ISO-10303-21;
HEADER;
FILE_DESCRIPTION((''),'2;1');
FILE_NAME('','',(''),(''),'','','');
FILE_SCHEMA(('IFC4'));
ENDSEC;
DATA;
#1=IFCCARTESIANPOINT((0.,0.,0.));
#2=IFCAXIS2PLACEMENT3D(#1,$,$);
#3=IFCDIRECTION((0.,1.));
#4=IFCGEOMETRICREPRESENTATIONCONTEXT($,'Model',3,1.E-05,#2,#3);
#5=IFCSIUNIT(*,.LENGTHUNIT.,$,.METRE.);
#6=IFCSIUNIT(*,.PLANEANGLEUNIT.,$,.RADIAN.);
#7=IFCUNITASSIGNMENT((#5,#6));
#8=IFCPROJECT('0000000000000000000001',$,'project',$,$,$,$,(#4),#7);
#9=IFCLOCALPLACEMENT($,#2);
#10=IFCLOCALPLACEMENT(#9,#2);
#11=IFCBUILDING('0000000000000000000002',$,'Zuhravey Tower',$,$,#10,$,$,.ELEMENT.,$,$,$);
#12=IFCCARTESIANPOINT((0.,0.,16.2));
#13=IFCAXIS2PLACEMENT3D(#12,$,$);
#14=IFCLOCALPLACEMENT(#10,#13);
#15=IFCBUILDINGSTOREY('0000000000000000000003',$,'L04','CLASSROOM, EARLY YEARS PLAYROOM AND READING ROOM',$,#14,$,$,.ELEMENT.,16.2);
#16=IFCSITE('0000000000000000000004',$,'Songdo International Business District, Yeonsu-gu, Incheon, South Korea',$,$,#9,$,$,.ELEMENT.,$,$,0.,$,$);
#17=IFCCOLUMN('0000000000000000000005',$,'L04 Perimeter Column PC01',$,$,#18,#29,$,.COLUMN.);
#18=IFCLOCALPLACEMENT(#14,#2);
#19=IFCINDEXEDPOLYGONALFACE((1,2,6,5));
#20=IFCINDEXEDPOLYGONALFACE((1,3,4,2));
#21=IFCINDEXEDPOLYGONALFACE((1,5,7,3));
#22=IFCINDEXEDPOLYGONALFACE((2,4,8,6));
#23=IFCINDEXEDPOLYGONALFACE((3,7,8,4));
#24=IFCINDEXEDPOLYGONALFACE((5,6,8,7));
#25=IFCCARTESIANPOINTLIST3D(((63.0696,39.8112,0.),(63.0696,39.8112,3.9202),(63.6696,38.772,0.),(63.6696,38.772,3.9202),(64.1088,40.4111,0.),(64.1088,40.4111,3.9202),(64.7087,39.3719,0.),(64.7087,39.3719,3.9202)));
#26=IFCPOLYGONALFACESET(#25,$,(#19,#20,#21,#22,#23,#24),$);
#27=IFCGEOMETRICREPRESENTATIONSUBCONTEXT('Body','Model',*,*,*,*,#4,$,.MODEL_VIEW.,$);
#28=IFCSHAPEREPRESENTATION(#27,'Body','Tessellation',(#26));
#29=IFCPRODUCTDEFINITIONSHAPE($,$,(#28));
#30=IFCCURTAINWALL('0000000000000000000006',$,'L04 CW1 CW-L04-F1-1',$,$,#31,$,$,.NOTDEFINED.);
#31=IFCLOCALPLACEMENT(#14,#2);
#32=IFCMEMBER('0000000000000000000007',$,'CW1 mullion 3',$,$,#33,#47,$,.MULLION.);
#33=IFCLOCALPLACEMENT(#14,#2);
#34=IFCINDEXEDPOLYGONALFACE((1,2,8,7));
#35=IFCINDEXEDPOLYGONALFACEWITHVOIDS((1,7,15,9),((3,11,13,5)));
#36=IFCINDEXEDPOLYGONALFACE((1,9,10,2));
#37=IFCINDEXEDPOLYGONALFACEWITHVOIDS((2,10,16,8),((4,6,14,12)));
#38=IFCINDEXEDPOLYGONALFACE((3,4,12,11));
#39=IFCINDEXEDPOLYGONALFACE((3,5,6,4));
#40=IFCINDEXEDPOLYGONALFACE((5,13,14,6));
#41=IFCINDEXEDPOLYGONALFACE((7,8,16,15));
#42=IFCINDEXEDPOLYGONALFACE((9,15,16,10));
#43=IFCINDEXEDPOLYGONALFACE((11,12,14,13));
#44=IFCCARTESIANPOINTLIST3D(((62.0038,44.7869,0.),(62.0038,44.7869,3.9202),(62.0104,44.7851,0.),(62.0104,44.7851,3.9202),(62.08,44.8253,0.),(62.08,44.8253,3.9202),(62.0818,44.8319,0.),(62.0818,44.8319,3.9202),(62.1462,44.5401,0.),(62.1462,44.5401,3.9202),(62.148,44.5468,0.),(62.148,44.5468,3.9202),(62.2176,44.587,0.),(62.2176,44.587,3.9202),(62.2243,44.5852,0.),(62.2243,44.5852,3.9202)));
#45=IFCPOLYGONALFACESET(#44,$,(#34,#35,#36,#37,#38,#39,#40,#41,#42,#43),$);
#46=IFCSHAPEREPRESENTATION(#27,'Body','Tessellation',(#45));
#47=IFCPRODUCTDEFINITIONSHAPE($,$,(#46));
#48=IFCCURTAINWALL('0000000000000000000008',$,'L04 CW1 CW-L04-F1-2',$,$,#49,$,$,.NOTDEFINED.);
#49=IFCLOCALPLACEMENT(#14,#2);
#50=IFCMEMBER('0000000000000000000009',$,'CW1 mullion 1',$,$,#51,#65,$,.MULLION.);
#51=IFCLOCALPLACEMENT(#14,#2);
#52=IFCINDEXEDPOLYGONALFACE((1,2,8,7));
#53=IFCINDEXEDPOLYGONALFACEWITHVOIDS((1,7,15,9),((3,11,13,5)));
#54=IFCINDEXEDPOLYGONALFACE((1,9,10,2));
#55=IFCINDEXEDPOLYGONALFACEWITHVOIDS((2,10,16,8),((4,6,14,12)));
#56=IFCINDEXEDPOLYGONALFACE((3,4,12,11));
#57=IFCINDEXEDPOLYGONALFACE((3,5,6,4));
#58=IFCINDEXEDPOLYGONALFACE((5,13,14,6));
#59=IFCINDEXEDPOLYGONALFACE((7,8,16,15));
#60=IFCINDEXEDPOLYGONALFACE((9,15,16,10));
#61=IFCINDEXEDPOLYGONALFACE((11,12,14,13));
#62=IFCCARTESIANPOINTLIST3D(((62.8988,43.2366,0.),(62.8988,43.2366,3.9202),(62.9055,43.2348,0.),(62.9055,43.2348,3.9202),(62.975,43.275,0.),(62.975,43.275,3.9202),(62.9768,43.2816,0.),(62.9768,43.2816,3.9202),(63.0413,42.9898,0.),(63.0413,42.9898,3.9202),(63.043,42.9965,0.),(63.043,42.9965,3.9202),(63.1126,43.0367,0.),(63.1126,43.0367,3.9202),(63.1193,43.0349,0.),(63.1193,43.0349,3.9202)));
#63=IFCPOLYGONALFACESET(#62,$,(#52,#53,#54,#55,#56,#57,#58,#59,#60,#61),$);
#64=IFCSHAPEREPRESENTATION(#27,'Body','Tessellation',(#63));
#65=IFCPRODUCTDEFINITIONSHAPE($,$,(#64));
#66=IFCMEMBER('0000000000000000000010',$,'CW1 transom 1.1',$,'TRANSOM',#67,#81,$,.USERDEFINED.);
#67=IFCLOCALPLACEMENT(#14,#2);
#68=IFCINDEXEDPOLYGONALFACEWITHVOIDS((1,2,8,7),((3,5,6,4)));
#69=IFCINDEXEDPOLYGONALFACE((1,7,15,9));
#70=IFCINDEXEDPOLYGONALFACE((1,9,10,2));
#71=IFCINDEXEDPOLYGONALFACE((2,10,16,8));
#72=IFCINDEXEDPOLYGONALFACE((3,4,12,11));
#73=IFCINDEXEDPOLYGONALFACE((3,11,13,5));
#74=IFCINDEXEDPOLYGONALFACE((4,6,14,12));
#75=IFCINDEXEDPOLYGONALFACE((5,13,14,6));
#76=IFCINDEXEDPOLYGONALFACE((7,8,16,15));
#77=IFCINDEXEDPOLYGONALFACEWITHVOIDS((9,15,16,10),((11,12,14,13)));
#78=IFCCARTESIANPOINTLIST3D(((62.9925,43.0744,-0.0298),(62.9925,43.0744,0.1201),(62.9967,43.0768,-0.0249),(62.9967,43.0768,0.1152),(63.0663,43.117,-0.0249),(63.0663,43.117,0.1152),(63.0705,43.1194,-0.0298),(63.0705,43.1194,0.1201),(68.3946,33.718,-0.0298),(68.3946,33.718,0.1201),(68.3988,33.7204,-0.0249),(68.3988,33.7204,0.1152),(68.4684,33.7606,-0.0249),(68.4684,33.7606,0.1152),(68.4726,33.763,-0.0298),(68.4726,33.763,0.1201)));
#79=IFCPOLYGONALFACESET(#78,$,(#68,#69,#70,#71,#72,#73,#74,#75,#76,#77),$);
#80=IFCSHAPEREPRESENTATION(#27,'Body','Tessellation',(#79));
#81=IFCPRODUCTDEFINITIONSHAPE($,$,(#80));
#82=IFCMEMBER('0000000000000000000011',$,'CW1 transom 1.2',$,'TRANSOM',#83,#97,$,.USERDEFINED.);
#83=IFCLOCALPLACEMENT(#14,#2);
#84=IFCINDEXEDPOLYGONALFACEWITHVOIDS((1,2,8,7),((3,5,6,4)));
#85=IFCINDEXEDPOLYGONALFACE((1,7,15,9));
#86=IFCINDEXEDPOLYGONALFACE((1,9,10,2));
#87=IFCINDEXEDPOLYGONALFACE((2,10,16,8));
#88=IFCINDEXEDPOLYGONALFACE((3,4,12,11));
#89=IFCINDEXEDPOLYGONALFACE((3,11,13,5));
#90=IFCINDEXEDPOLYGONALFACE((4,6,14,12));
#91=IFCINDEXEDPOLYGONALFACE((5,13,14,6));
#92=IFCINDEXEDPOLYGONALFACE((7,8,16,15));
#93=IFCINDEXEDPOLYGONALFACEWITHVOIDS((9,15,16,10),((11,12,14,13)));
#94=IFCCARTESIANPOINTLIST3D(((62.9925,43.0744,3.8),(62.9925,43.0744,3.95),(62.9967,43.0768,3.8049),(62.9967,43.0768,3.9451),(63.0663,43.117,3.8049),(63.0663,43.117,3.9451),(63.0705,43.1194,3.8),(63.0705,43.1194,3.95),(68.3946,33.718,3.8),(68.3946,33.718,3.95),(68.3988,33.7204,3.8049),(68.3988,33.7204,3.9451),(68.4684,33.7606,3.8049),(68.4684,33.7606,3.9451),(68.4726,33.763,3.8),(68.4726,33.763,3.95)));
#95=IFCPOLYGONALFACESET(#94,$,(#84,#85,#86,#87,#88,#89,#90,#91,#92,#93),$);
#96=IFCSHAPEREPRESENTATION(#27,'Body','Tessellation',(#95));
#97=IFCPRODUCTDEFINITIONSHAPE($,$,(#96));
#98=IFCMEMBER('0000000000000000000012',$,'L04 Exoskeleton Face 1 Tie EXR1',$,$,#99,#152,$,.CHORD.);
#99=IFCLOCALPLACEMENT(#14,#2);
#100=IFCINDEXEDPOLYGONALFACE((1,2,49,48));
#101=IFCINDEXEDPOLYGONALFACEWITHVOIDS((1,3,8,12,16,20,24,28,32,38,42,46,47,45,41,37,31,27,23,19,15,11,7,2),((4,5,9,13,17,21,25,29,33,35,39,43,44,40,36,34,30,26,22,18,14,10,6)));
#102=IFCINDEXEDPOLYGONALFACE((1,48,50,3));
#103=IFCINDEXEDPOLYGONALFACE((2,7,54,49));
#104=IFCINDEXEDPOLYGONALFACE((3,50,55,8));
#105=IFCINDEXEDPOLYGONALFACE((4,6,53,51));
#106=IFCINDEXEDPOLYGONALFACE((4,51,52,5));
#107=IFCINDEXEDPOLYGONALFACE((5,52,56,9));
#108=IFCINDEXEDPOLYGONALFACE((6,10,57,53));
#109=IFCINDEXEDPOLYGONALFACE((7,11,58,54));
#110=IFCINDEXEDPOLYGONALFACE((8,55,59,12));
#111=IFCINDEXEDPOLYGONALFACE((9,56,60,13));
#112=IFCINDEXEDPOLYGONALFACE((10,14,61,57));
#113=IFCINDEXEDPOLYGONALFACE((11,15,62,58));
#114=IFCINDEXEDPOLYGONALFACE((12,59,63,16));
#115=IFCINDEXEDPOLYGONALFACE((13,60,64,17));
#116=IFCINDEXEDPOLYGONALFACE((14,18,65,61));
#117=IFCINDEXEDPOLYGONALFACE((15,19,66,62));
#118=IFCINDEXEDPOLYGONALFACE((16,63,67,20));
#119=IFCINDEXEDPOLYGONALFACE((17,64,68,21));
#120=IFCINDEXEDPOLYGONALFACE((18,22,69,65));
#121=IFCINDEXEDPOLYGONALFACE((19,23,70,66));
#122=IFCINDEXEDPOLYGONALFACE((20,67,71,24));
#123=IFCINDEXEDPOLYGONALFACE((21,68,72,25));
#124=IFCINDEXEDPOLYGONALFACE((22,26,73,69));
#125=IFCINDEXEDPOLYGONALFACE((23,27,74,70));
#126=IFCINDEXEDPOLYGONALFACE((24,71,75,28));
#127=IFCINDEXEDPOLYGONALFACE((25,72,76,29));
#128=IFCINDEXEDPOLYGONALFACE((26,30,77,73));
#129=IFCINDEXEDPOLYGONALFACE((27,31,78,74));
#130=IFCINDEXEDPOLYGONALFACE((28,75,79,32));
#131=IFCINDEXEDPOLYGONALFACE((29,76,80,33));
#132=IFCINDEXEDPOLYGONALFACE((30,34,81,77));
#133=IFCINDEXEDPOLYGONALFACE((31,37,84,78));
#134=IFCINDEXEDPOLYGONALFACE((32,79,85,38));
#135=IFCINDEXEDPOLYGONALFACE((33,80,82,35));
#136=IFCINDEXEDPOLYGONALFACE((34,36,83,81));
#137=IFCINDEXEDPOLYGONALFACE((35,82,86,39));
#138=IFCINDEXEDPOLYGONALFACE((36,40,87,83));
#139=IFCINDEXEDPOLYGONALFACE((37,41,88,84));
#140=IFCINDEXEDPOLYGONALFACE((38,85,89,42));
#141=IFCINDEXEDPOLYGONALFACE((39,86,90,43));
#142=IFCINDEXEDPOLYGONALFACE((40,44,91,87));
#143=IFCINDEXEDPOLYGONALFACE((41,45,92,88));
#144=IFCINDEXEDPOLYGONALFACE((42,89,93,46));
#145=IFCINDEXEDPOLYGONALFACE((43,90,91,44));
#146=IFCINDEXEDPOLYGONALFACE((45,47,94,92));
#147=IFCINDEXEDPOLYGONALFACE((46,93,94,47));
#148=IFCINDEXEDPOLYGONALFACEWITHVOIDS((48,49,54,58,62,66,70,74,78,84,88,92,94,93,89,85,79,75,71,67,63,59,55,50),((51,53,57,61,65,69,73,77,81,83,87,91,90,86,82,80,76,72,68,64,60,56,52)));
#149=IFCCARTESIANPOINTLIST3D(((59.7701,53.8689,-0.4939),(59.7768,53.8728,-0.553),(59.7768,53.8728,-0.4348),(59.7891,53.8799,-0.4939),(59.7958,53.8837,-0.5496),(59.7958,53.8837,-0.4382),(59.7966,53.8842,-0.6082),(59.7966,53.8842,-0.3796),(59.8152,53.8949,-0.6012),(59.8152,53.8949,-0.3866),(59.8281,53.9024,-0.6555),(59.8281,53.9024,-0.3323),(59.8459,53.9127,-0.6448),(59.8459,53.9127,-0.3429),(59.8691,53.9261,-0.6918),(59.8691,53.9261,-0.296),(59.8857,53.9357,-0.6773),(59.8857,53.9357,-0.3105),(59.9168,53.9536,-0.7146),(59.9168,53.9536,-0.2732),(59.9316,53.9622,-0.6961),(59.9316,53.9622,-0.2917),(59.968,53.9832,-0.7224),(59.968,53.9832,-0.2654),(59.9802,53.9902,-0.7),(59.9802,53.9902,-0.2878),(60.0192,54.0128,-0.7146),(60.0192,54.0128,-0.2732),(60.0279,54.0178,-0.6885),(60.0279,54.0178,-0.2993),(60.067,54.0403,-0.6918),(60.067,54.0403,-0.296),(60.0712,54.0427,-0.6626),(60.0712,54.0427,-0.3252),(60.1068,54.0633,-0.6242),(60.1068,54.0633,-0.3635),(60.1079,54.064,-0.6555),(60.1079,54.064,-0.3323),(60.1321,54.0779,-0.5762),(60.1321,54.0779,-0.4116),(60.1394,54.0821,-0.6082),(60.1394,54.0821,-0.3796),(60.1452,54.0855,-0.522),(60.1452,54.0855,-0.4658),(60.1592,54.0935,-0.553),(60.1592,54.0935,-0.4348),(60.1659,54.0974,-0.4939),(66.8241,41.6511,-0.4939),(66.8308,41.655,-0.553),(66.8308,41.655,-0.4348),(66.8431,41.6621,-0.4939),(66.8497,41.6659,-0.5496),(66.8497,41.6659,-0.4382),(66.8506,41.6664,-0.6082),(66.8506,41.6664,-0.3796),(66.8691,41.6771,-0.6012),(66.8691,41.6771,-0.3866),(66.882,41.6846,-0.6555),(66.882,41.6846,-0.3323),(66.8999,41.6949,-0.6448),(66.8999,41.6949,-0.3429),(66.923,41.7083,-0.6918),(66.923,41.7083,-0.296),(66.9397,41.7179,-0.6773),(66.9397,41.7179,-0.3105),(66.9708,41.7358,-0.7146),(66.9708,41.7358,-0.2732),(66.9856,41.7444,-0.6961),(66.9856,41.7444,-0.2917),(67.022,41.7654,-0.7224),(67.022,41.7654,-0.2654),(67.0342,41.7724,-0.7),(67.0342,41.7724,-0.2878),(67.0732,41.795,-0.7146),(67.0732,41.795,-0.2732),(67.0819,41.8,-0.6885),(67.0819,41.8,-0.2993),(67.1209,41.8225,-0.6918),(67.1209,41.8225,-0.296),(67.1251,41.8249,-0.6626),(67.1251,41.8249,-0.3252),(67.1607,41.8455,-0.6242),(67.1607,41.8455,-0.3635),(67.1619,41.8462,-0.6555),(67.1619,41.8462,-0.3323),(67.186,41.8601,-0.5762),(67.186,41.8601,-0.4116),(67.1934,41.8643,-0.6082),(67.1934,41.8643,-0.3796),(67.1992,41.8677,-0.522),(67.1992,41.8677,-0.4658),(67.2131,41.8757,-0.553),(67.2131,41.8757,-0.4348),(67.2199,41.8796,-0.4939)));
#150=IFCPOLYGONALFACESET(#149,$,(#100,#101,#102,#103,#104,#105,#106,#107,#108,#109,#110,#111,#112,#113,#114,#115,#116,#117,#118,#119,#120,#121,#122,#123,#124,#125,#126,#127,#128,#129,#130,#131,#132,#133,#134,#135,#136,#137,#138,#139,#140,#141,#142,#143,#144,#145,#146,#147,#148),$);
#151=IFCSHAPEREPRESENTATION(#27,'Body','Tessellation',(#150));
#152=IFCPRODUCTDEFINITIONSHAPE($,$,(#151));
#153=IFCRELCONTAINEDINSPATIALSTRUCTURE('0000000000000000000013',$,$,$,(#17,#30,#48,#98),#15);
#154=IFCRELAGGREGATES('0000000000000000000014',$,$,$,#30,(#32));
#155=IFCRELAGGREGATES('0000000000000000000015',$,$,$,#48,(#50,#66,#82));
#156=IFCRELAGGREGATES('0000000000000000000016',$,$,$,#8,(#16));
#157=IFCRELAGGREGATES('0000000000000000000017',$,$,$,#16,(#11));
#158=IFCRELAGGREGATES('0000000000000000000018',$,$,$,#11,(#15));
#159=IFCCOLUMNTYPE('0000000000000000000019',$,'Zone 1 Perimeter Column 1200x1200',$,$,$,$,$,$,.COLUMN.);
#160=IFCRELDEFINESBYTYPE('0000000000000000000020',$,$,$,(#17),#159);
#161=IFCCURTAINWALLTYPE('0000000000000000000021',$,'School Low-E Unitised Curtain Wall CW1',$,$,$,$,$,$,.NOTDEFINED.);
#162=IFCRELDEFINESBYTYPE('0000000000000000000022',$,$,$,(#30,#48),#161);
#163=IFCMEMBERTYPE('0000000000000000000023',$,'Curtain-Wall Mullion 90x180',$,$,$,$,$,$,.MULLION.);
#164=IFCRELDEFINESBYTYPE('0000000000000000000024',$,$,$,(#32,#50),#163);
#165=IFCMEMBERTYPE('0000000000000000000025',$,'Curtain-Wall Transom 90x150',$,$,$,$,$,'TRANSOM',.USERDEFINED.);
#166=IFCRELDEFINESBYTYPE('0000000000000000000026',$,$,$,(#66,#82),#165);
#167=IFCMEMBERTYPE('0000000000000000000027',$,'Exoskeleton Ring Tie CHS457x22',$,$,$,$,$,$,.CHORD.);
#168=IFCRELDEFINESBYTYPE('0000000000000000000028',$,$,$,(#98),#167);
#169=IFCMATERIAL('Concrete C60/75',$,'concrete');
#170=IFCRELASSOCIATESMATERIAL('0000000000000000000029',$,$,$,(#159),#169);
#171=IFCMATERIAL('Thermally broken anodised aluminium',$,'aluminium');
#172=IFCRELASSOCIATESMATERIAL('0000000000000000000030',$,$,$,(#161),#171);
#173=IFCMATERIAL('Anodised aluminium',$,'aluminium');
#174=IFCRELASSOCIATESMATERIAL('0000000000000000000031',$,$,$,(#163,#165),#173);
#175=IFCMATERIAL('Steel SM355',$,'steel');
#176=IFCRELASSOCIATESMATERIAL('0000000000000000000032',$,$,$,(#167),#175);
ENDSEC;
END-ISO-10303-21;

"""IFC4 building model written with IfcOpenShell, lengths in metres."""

from ifc_helpers import new_model, si_unit, direction, frame, origin, origin_2d, place, context, subcontext, project, spatial, rectangle, hollow_rectangle, hollow_circle, extrude, material, material_profile, profile_set, type_object, element, aggregate, save


model = new_model("IFC4")

# Units and contexts
model_context = context("Model", 3, precision=1e-05, world=origin(), true_north=direction((0.0, 1.0)))
body_context = subcontext(model_context, "Body", "Model", "MODEL_VIEW")
ifc_project = project(units=[si_unit("LENGTHUNIT", "METRE"), si_unit("PLANEANGLEUNIT", "RADIAN")], contexts=[model_context])

# Site, building, storey
site_placement = place(None, origin())
site = spatial("IfcSite", under=ifc_project, at=site_placement, Name="Songdo International Business District, Yeonsu-gu, Incheon, South Korea", CompositionType="ELEMENT", RefElevation=0.0)
building_placement = place(site_placement, origin())
building = spatial("IfcBuilding", under=site, at=building_placement, Name="Zuhravey Tower", CompositionType="ELEMENT")
storey_placement = place(building_placement, frame((0.0, 0.0, 16.2)))
storey = spatial("IfcBuildingStorey", under=building, at=storey_placement, Name="L04", Description="CLASSROOM, EARLY YEARS PLAYROOM AND READING ROOM", CompositionType="ELEMENT", Elevation=16.2)

# Column
ifc_material_1 = material(Name="Concrete C60/75", Category="concrete")
ifc_material_profile_1 = material_profile(ifc_material_1, rectangle(XDim=1.2, YDim=1.2, at=origin_2d()), Name="RC-1200x1200")
ifc_profile_set_1 = profile_set([ifc_material_profile_1], Name="Concrete C60/75")
column_type = type_object("IfcColumnType", Name="Zone 1 Perimeter Column 1200x1200", PredefinedType="COLUMN", material=ifc_profile_set_1)
column_placement = place(storey_placement, frame((63.8892, 39.5916, 0.0), z_axis=(0.0, 0.0, 1.0), x_axis=(-0.5, 0.866025, 0.0)))
element("IfcColumn", 1, at=column_placement, inside=storey, type_object=column_type, Name="L04 Perimeter Column PC01", PredefinedType="COLUMN", context=body_context, shape_type="SweptSolid", body=[
    extrude(rectangle(XDim=1.2, YDim=1.2, at=origin_2d()), origin(), (0.0, 0.0, 1.0), 3.9202),
])

# Curtain wall, member
ifc_material_2 = material(Name="Thermally broken anodised aluminium", Category="aluminium")
curtain_wall_type = type_object("IfcCurtainWallType", Name="School Low-E Unitised Curtain Wall CW1", PredefinedType="NOTDEFINED", material=ifc_material_2)
curtain_wall_1_placement = place(storey_placement, origin())
curtain_wall_1 = element("IfcCurtainWall", 2, at=curtain_wall_1_placement, inside=storey, type_object=curtain_wall_type, Name="L04 CW1 CW-L04-F1-1", PredefinedType="NOTDEFINED")
ifc_material_3 = material(Name="Anodised aluminium", Category="aluminium")
ifc_material_profile_2 = material_profile(ifc_material_3, hollow_rectangle(XDim=0.0901, YDim=0.2849, WallThickness=0.0049, at=origin_2d()), Name="ALU-RHS-90x285x5")
ifc_profile_set_2 = profile_set([ifc_material_profile_2], Name="Anodised aluminium")
member_type_1 = type_object("IfcMemberType", Name="Curtain-Wall Mullion 90x180", PredefinedType="MULLION", material=ifc_profile_set_2)
member_1_placement = place(storey_placement, frame((62.114, 44.686, 0.0), z_axis=(0.0, 0.0, 1.0), x_axis=(0.866026, 0.5, 0.0)))
member_1 = element("IfcMember", 3, at=member_1_placement, type_object=member_type_1, Name="CW1 mullion 3", PredefinedType="MULLION", context=body_context, shape_type="SweptSolid", body=[
    extrude(hollow_rectangle(XDim=0.0901, YDim=0.2849, WallThickness=0.0049, at=origin_2d()), origin(), (0.0, 0.0, 1.0), 3.9202),
])
aggregate(curtain_wall_1, [member_1])

# Curtain wall, members
curtain_wall_2_placement = place(storey_placement, origin())
curtain_wall_2 = element("IfcCurtainWall", 4, at=curtain_wall_2_placement, inside=storey, type_object=curtain_wall_type, Name="L04 CW1 CW-L04-F1-2", PredefinedType="NOTDEFINED")
member_2_placement = place(storey_placement, frame((63.009, 43.1357, 0.0), z_axis=(0.0, 0.0, 1.0), x_axis=(0.866027, 0.499998, 0.0)))
member_2 = element("IfcMember", 5, at=member_2_placement, type_object=member_type_1, Name="CW1 mullion 1", PredefinedType="MULLION", context=body_context, shape_type="SweptSolid", body=[
    extrude(hollow_rectangle(XDim=0.0901, YDim=0.2849, WallThickness=0.0049, at=origin_2d()), origin(), (0.0, 0.0, 1.0), 3.9202),
])
ifc_material_profile_3 = material_profile(ifc_material_3, hollow_rectangle(XDim=0.0901, YDim=0.1499, WallThickness=0.0049, at=origin_2d()), Name="ALU-RHS-90x150x5")
ifc_profile_set_3 = profile_set([ifc_material_profile_3], Name="Anodised aluminium")
member_type_2 = type_object("IfcMemberType", Name="Curtain-Wall Transom 90x150", ElementType="TRANSOM", PredefinedType="USERDEFINED", material=ifc_profile_set_3)
member_3_placement = place(storey_placement, frame((63.0315, 43.0969, 0.0452), z_axis=(0.500011, -0.866019, 0.0), x_axis=(0.866019, 0.500011, 0.0)))
member_3 = element("IfcMember", 6, at=member_3_placement, type_object=member_type_2, Name="CW1 transom 1.1", ObjectType="TRANSOM", PredefinedType="USERDEFINED", context=body_context, shape_type="SweptSolid", body=[
    extrude(hollow_rectangle(XDim=0.0901, YDim=0.1499, WallThickness=0.0049, at=origin_2d()), origin(), (0.0, 0.0, 1.0), 10.804),
])
member_4_placement = place(storey_placement, frame((63.0315, 43.0969, 3.875), z_axis=(0.500011, -0.866019, 0.0), x_axis=(0.866019, 0.500011, 0.0)))
member_4 = element("IfcMember", 7, at=member_4_placement, type_object=member_type_2, Name="CW1 transom 1.2", ObjectType="TRANSOM", PredefinedType="USERDEFINED", context=body_context, shape_type="SweptSolid", body=[
    extrude(hollow_rectangle(XDim=0.0901, YDim=0.1499, WallThickness=0.0049, at=origin_2d()), origin(), (0.0, 0.0, 1.0), 10.804),
])

# Member
ifc_material_4 = material(Name="Steel SM355", Category="steel")
ifc_material_profile_4 = material_profile(ifc_material_4, hollow_circle(Radius=0.2285, WallThickness=0.022, at=origin_2d()), Name="CHS-457.2x22")
ifc_profile_set_4 = profile_set([ifc_material_profile_4], Name="Steel SM355")
member_type_3 = type_object("IfcMemberType", Name="Exoskeleton Ring Tie CHS457x22", PredefinedType="CHORD", material=ifc_profile_set_4)
member_5_placement = place(storey_placement, frame((67.022, 41.7654, -0.4939), z_axis=(-0.500001, 0.866025, 0.0), x_axis=(-0.866025, -0.500001, 0.0)))
element("IfcMember", 8, at=member_5_placement, inside=storey, type_object=member_type_3, Name="L04 Exoskeleton Face 1 Tie EXR1", PredefinedType="CHORD", context=body_context, shape_type="SweptSolid", body=[
    extrude(hollow_circle(Radius=0.2285, WallThickness=0.022, at=origin_2d()), origin(), (0.0, 0.0, 1.0), 14.1079),
])

aggregate(curtain_wall_2, [member_2, member_3, member_4])

save(model, "model.ifc")
